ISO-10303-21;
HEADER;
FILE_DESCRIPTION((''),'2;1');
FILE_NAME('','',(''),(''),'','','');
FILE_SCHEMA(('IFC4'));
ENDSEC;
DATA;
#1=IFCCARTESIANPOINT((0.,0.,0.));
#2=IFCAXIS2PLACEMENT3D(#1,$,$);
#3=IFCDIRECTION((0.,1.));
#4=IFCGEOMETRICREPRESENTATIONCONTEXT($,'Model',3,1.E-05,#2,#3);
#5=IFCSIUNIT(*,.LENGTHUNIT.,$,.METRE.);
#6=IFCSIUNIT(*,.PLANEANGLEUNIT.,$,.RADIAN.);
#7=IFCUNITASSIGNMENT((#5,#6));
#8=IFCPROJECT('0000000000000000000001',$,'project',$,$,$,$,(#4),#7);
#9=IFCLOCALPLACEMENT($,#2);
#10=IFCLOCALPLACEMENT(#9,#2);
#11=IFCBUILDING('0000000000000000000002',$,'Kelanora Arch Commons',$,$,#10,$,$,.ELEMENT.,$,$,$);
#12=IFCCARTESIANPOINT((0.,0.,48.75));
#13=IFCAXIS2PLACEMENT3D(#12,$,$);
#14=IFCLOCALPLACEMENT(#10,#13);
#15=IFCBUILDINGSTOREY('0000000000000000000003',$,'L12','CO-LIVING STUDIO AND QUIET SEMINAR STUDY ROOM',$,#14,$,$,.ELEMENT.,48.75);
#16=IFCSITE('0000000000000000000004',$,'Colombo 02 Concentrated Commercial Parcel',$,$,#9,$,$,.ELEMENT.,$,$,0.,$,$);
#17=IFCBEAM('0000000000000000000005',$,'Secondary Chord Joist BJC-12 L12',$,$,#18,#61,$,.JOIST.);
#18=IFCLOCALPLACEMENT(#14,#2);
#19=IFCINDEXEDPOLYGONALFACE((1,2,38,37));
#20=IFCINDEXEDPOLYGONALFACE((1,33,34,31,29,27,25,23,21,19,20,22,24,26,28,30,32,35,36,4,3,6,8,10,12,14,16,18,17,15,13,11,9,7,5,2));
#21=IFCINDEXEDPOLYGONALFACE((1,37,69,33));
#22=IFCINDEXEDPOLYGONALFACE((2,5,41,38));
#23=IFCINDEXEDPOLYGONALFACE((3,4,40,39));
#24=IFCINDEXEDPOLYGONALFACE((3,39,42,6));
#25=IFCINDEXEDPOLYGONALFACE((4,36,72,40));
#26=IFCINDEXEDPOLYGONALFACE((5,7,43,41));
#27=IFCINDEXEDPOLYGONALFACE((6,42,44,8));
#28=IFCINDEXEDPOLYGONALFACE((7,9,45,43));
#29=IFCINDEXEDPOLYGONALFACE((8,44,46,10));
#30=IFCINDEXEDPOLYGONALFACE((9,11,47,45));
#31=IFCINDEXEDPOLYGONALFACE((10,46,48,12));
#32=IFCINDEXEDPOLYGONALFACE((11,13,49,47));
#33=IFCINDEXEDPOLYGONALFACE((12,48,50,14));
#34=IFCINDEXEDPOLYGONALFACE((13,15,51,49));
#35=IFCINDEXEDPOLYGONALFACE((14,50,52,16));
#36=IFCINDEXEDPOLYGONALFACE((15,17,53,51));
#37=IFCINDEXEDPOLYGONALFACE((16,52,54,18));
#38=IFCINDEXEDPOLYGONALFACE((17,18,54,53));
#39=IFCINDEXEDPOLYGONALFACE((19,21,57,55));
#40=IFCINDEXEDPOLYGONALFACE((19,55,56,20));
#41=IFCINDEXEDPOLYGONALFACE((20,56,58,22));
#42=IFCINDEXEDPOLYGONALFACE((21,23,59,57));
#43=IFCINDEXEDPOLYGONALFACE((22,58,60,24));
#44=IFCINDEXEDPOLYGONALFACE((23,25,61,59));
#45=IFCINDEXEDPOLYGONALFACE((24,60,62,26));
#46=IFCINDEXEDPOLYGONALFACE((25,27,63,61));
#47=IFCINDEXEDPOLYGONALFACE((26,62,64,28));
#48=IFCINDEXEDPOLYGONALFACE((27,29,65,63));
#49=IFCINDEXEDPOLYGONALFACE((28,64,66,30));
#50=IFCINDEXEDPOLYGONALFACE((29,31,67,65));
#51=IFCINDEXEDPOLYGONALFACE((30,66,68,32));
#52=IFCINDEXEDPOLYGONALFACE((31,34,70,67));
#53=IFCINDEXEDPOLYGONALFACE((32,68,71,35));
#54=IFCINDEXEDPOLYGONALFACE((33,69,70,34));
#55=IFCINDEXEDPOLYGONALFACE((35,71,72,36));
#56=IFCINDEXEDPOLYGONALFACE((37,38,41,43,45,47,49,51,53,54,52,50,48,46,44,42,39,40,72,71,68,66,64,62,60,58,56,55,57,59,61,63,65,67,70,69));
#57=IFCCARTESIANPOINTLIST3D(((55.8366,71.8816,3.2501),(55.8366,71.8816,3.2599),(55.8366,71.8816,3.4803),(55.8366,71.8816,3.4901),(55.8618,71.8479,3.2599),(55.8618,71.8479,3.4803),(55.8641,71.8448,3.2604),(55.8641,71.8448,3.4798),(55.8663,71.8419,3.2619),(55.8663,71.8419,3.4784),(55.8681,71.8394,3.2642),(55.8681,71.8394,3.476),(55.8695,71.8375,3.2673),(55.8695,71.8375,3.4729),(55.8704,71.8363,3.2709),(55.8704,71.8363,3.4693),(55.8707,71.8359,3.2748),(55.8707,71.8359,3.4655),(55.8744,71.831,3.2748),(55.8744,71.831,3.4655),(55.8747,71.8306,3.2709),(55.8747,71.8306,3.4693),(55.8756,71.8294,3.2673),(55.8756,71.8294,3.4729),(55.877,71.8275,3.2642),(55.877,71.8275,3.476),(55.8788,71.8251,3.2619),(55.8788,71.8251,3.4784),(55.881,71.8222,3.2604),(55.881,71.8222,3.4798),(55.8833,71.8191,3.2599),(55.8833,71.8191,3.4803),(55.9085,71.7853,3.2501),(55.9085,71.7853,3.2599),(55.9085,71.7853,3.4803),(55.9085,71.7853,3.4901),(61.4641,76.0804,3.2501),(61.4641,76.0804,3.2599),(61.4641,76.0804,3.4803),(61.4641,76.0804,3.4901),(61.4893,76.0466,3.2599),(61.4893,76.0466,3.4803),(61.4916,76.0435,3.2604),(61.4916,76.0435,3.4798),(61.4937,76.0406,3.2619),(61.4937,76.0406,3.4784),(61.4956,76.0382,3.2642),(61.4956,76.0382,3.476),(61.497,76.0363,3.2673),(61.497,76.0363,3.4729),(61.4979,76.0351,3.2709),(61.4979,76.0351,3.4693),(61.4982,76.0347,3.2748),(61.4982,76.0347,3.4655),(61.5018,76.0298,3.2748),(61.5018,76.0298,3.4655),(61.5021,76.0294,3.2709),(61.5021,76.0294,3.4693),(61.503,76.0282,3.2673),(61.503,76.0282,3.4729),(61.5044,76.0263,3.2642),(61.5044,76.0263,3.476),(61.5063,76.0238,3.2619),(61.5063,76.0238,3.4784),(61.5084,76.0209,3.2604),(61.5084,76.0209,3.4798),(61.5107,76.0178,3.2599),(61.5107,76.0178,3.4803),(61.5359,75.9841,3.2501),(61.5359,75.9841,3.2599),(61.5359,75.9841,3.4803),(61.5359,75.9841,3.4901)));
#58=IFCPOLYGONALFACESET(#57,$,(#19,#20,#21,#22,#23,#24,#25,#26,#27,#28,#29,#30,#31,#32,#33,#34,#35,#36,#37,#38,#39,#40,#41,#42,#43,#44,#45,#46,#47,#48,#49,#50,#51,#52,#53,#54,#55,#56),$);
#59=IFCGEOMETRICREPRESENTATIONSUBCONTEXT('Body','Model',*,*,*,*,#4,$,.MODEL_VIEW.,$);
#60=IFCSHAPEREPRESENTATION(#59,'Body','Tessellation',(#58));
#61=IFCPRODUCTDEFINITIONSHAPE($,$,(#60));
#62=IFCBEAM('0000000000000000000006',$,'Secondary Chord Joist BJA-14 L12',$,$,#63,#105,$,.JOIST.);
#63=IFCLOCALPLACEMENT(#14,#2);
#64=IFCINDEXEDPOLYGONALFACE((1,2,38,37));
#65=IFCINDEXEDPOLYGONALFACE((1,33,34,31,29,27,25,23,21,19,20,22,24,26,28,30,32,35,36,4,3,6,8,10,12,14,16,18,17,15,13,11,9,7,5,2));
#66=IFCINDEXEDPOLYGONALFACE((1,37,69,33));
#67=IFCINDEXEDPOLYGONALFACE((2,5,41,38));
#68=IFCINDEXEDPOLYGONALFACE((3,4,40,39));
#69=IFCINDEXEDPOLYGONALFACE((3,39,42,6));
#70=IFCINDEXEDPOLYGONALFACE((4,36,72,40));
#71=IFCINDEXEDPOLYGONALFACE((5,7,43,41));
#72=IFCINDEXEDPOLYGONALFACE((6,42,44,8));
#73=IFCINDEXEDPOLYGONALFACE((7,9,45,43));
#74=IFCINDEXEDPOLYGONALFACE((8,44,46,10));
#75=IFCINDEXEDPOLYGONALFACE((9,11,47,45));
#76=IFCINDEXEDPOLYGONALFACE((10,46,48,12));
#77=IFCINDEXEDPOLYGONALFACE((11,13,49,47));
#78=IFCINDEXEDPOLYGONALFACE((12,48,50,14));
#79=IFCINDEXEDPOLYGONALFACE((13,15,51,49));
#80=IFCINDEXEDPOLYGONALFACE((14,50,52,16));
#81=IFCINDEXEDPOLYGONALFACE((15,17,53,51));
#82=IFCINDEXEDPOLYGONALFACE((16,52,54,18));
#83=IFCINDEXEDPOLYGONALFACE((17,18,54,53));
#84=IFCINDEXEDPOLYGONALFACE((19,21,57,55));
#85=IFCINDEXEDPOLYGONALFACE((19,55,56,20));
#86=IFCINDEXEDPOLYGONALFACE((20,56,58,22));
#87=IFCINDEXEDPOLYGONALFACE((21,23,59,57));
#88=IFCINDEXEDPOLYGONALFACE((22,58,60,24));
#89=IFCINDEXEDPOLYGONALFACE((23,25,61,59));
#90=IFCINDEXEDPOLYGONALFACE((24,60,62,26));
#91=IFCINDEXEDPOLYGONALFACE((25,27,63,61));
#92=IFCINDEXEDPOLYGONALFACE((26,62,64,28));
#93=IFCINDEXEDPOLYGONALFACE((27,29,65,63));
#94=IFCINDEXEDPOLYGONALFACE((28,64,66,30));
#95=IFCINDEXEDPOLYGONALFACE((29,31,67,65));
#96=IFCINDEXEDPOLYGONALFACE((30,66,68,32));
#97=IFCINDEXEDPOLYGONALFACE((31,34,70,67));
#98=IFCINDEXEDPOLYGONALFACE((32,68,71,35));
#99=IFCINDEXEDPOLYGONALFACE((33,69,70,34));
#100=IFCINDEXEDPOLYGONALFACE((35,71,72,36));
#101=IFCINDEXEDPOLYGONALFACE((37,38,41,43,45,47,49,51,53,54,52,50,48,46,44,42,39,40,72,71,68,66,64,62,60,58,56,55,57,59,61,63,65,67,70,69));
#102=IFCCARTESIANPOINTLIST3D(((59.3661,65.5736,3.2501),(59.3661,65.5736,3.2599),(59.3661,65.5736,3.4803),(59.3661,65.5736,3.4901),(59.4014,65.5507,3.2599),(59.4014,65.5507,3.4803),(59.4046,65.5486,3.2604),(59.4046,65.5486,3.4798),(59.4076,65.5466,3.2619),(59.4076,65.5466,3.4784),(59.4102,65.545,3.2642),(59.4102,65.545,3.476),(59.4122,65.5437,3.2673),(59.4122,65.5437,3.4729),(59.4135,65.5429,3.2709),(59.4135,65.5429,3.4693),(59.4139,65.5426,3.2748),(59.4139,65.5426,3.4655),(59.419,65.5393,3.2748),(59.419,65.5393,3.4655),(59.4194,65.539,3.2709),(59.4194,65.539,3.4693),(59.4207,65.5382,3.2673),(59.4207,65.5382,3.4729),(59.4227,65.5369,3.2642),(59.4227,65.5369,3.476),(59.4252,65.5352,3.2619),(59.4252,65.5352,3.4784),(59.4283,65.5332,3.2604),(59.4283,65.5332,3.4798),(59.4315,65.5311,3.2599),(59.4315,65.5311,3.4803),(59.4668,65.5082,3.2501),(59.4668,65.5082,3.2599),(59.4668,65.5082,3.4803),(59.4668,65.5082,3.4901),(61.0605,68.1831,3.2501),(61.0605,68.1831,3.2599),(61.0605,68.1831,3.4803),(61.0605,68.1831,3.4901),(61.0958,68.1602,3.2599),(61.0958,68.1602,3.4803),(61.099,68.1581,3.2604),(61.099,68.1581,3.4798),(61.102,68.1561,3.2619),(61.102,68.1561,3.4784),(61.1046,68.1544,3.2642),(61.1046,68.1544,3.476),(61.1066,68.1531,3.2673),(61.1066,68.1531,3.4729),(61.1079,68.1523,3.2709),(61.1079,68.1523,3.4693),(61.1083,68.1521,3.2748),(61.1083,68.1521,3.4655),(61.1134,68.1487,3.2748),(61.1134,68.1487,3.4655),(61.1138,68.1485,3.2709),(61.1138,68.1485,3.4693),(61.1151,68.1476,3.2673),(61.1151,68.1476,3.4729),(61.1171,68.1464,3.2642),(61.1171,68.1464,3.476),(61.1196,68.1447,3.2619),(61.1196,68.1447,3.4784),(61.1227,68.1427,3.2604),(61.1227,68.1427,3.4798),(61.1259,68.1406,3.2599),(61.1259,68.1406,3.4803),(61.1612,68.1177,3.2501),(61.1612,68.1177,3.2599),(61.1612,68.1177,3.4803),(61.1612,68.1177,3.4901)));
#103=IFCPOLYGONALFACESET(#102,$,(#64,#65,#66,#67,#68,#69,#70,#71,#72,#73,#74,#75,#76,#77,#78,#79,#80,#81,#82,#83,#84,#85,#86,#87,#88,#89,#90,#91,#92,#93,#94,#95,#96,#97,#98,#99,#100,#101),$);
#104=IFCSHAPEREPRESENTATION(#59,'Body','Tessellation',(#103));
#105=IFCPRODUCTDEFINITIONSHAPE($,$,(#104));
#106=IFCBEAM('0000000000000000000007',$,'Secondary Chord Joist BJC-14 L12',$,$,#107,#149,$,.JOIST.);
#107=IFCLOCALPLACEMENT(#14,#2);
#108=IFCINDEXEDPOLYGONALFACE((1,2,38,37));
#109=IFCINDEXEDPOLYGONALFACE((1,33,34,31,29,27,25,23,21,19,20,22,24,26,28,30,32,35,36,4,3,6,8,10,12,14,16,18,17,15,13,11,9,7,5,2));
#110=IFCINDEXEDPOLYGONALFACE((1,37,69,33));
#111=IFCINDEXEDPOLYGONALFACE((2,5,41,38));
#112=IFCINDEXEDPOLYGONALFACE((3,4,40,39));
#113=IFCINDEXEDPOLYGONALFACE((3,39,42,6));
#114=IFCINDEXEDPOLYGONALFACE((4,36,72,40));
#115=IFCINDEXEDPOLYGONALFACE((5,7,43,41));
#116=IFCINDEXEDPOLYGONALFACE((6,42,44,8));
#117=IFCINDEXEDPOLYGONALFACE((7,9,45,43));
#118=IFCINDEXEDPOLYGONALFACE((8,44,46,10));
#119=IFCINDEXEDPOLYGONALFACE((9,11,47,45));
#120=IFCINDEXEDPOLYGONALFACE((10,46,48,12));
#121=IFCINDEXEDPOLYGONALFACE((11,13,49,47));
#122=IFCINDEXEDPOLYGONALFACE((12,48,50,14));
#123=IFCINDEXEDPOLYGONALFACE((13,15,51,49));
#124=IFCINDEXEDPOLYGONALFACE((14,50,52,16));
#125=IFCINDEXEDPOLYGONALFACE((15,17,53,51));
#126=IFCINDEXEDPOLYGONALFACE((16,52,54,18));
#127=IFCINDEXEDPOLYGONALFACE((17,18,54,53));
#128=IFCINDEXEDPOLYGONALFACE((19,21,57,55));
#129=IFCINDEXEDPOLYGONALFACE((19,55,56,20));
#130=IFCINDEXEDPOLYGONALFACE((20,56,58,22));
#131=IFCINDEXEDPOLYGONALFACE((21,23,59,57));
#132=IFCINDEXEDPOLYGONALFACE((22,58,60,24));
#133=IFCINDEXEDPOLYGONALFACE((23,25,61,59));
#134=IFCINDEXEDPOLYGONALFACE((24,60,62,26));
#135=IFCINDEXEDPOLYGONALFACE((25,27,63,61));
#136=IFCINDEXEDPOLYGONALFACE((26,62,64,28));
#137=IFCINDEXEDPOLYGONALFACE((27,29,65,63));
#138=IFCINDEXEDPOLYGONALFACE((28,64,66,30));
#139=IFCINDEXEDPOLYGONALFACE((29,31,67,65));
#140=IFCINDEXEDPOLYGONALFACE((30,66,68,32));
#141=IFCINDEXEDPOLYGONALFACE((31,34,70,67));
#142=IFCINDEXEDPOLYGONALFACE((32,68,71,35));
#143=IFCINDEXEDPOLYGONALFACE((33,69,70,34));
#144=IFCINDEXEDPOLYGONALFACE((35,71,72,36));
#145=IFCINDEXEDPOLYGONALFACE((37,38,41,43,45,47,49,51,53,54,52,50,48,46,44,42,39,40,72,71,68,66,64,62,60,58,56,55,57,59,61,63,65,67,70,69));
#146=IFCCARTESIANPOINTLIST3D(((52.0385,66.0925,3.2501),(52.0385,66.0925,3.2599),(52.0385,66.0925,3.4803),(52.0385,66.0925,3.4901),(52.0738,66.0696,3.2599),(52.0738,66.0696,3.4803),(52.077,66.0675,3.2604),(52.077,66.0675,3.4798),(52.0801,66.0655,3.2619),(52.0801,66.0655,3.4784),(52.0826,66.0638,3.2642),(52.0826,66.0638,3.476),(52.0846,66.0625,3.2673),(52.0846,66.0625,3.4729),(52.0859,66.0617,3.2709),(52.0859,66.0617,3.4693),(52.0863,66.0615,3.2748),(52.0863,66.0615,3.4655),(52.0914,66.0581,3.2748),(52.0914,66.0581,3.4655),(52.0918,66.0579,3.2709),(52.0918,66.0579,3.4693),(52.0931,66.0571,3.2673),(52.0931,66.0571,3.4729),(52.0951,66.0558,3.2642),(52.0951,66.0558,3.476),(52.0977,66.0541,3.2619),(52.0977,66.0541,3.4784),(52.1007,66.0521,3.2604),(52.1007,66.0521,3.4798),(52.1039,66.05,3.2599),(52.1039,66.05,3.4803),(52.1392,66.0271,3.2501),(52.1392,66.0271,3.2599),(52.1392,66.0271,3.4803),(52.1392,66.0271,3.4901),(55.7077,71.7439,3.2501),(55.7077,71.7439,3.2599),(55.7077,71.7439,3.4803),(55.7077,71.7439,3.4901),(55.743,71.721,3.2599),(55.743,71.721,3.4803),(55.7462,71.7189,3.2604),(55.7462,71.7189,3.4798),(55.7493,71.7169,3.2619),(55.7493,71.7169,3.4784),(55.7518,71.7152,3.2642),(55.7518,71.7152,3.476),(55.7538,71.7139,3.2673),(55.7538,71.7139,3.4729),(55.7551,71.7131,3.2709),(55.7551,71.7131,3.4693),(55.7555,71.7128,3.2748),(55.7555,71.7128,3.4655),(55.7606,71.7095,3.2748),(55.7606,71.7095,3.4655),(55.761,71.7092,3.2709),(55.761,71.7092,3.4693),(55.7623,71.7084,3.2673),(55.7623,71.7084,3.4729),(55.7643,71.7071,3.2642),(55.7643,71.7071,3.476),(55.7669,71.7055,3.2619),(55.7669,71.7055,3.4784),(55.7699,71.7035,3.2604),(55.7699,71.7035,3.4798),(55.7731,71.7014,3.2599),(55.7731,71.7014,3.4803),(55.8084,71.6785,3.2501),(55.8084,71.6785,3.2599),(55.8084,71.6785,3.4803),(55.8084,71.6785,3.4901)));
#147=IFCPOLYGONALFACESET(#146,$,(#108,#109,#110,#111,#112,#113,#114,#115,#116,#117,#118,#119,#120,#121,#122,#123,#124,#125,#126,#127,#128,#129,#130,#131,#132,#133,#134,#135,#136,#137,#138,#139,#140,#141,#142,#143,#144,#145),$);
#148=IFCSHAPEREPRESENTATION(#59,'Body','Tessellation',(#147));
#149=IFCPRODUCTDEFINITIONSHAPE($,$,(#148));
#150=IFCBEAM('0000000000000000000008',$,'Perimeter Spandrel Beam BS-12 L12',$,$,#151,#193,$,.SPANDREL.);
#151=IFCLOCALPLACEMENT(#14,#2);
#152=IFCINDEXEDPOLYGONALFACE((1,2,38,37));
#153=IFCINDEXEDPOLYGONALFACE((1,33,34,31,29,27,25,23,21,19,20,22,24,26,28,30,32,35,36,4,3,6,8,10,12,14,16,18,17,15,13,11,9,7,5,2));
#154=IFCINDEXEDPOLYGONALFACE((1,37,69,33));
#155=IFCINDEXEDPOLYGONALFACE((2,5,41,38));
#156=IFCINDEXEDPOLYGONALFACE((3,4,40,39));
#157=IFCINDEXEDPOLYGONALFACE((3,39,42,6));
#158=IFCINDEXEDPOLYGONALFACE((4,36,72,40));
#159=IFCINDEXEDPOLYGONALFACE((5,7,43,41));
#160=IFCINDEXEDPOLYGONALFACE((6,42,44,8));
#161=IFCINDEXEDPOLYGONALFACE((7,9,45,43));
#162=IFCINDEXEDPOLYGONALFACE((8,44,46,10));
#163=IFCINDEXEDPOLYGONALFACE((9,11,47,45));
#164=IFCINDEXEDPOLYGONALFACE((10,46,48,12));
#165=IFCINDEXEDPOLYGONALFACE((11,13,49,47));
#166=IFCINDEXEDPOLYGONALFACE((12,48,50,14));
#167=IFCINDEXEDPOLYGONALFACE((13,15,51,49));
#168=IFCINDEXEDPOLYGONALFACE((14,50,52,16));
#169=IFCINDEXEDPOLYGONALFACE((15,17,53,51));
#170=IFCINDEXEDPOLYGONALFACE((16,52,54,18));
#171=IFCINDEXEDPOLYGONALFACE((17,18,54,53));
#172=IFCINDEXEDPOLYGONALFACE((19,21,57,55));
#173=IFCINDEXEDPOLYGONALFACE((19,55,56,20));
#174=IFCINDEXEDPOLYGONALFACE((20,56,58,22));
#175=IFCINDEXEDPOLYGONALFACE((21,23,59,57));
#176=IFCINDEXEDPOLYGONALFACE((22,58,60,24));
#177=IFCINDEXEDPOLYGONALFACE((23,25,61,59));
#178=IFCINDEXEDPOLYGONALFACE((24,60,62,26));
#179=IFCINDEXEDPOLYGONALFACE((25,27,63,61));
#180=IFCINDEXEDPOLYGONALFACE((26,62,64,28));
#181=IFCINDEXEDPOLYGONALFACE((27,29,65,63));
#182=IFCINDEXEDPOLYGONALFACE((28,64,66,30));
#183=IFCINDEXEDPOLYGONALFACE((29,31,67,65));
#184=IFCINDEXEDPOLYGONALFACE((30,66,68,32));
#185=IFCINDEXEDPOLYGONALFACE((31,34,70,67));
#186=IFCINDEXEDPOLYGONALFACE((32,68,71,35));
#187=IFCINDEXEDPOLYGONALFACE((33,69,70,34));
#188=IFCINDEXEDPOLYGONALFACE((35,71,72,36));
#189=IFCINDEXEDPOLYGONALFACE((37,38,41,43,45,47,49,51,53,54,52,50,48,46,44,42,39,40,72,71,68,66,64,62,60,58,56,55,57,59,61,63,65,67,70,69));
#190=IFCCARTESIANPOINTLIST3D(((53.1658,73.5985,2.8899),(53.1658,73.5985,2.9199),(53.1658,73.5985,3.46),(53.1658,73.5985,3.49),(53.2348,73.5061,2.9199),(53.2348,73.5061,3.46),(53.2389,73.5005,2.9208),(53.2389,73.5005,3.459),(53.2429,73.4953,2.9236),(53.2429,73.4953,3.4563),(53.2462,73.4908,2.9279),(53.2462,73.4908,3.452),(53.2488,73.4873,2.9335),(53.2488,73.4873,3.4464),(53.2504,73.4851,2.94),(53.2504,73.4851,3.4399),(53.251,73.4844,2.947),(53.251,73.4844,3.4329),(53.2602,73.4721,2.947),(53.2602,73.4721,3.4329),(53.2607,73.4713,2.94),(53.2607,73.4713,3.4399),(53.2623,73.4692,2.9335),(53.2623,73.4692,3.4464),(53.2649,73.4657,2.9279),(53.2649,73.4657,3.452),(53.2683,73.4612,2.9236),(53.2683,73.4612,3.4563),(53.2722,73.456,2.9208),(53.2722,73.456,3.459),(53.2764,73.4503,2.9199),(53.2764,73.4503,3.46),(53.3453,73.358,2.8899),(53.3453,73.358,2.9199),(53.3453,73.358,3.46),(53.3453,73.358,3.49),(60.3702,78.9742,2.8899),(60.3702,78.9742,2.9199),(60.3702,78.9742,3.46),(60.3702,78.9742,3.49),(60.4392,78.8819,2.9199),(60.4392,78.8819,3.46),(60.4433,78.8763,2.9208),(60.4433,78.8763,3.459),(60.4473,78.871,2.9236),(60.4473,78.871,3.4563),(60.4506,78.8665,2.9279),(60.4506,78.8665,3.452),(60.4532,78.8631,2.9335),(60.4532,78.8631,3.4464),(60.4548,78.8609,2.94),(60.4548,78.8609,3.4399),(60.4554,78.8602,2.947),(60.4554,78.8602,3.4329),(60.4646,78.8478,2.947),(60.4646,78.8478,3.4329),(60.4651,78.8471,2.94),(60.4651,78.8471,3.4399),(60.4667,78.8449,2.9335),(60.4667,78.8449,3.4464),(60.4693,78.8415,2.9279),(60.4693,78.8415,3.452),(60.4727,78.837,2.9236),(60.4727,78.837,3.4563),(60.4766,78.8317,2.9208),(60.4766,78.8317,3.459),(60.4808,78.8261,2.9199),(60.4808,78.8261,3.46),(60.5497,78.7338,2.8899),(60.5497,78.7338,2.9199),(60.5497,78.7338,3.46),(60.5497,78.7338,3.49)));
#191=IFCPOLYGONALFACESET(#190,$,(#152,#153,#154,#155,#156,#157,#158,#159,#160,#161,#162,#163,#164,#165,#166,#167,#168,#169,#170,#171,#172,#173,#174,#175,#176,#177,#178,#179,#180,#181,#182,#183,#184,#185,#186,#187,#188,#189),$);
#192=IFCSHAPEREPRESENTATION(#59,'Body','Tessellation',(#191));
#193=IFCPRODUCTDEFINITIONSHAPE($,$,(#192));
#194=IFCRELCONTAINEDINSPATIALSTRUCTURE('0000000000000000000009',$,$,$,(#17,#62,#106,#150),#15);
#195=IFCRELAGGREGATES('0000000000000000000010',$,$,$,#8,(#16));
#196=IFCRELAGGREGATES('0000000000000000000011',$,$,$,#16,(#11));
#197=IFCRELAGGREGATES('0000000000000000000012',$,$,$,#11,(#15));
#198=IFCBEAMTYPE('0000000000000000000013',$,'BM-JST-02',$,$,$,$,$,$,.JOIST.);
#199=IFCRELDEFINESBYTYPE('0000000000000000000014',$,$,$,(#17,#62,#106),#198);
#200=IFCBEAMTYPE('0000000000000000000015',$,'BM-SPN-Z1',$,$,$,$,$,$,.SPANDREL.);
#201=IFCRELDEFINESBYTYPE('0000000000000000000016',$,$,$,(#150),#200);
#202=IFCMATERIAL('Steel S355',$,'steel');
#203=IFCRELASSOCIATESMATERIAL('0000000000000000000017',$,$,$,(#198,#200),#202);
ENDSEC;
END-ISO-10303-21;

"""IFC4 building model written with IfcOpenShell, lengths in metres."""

from ifc_helpers import new_model, si_unit, direction, frame, origin, origin_2d, place, context, subcontext, project, spatial, i_section, extrude, material, material_profile, profile_set, type_object, element, save


model = new_model("IFC4")

# Units and contexts
model_context = context("Model", 3, precision=1e-05, world=origin(), true_north=direction((0.0, 1.0)))
body_context = subcontext(model_context, "Body", "Model", "MODEL_VIEW")
ifc_project = project(units=[si_unit("LENGTHUNIT", "METRE"), si_unit("PLANEANGLEUNIT", "RADIAN")], contexts=[model_context])

# Site, building, storey
site_placement = place(None, origin())
site = spatial("IfcSite", under=ifc_project, at=site_placement, Name="Colombo 02 Concentrated Commercial Parcel", CompositionType="ELEMENT", RefElevation=0.0)
building_placement = place(site_placement, origin())
building = spatial("IfcBuilding", under=site, at=building_placement, Name="Kelanora Arch Commons", CompositionType="ELEMENT")
storey_placement = place(building_placement, frame((0.0, 0.0, 48.75)))
storey = spatial("IfcBuildingStorey", under=building, at=storey_placement, Name="L12", Description="CO-LIVING STUDIO AND QUIET SEMINAR STUDY ROOM", CompositionType="ELEMENT", Elevation=48.75)

# Beams
ifc_material_1 = material(Name="Steel S355", Category="steel")
ifc_material_profile_1 = material_profile(ifc_material_1, i_section(OverallWidth=0.1201, OverallDepth=0.24, WebThickness=0.0061, FlangeThickness=0.0098, FilletRadius=0.0149, at=origin_2d()), Name="IPE240")
ifc_profile_set_1 = profile_set([ifc_material_profile_1], Name="Steel S355")
beam_type_1 = type_object("IfcBeamType", Name="BM-JST-02", PredefinedType="JOIST", material=ifc_profile_set_1)
beam_1_placement = place(storey_placement, frame((61.5, 76.0322, 3.3701), z_axis=(-0.801491, -0.598006, 0.0), x_axis=(0.598006, -0.801491, 0.0)))
element("IfcBeam", 1, at=beam_1_placement, inside=storey, type_object=beam_type_1, Name="Secondary Chord Joist BJC-12 L12", PredefinedType="JOIST", context=body_context, shape_type="SweptSolid", body=[
    extrude(i_section(OverallWidth=0.1201, OverallDepth=0.24, WebThickness=0.0061, FlangeThickness=0.0098, FilletRadius=0.0149, at=origin_2d()), origin(), (0.0, 0.0, 1.0), 7.0212),
])
beam_2_placement = place(storey_placement, frame((61.1108, 68.1504, 3.3701), z_axis=(-0.544591, -0.838702, 0.0), x_axis=(0.838702, -0.544591, 0.0)))
element("IfcBeam", 2, at=beam_2_placement, inside=storey, type_object=beam_type_1, Name="Secondary Chord Joist BJA-14 L12", PredefinedType="JOIST", context=body_context, shape_type="SweptSolid", body=[
    extrude(i_section(OverallWidth=0.1201, OverallDepth=0.24, WebThickness=0.0061, FlangeThickness=0.0098, FilletRadius=0.0149, at=origin_2d()), origin(), (0.0, 0.0, 1.0), 3.1113),
])
beam_3_placement = place(storey_placement, frame((55.7581, 71.7112, 3.3701), z_axis=(-0.54455, -0.838728, 0.0), x_axis=(0.838728, -0.54455, 0.0)))
element("IfcBeam", 3, at=beam_3_placement, inside=storey, type_object=beam_type_1, Name="Secondary Chord Joist BJC-14 L12", PredefinedType="JOIST", context=body_context, shape_type="SweptSolid", body=[
    extrude(i_section(OverallWidth=0.1201, OverallDepth=0.24, WebThickness=0.0061, FlangeThickness=0.0098, FilletRadius=0.0149, at=origin_2d()), origin(), (0.0, 0.0, 1.0), 6.738),
])
ifc_material_profile_2 = material_profile(ifc_material_1, i_section(OverallWidth=0.3, OverallDepth=0.6001, WebThickness=0.0154, FlangeThickness=0.03, FilletRadius=0.0271, at=origin_2d()), Name="HEB600")
ifc_profile_set_2 = profile_set([ifc_material_profile_2], Name="Steel S355")
beam_type_2 = type_object("IfcBeamType", Name="BM-SPN-Z1", PredefinedType="SPANDREL", material=ifc_profile_set_2)
beam_4_placement = place(storey_placement, frame((60.46, 78.854, 3.1899), z_axis=(-0.801468, -0.598038, 0.0), x_axis=(0.598038, -0.801468, 0.0)))
element("IfcBeam", 4, at=beam_4_placement, inside=storey, type_object=beam_type_2, Name="Perimeter Spandrel Beam BS-12 L12", PredefinedType="SPANDREL", context=body_context, shape_type="SweptSolid", body=[
    extrude(i_section(OverallWidth=0.3, OverallDepth=0.6001, WebThickness=0.0154, FlangeThickness=0.03, FilletRadius=0.0271, at=origin_2d()), origin(), (0.0, 0.0, 1.0), 8.989),
])

save(model, "model.ifc")
